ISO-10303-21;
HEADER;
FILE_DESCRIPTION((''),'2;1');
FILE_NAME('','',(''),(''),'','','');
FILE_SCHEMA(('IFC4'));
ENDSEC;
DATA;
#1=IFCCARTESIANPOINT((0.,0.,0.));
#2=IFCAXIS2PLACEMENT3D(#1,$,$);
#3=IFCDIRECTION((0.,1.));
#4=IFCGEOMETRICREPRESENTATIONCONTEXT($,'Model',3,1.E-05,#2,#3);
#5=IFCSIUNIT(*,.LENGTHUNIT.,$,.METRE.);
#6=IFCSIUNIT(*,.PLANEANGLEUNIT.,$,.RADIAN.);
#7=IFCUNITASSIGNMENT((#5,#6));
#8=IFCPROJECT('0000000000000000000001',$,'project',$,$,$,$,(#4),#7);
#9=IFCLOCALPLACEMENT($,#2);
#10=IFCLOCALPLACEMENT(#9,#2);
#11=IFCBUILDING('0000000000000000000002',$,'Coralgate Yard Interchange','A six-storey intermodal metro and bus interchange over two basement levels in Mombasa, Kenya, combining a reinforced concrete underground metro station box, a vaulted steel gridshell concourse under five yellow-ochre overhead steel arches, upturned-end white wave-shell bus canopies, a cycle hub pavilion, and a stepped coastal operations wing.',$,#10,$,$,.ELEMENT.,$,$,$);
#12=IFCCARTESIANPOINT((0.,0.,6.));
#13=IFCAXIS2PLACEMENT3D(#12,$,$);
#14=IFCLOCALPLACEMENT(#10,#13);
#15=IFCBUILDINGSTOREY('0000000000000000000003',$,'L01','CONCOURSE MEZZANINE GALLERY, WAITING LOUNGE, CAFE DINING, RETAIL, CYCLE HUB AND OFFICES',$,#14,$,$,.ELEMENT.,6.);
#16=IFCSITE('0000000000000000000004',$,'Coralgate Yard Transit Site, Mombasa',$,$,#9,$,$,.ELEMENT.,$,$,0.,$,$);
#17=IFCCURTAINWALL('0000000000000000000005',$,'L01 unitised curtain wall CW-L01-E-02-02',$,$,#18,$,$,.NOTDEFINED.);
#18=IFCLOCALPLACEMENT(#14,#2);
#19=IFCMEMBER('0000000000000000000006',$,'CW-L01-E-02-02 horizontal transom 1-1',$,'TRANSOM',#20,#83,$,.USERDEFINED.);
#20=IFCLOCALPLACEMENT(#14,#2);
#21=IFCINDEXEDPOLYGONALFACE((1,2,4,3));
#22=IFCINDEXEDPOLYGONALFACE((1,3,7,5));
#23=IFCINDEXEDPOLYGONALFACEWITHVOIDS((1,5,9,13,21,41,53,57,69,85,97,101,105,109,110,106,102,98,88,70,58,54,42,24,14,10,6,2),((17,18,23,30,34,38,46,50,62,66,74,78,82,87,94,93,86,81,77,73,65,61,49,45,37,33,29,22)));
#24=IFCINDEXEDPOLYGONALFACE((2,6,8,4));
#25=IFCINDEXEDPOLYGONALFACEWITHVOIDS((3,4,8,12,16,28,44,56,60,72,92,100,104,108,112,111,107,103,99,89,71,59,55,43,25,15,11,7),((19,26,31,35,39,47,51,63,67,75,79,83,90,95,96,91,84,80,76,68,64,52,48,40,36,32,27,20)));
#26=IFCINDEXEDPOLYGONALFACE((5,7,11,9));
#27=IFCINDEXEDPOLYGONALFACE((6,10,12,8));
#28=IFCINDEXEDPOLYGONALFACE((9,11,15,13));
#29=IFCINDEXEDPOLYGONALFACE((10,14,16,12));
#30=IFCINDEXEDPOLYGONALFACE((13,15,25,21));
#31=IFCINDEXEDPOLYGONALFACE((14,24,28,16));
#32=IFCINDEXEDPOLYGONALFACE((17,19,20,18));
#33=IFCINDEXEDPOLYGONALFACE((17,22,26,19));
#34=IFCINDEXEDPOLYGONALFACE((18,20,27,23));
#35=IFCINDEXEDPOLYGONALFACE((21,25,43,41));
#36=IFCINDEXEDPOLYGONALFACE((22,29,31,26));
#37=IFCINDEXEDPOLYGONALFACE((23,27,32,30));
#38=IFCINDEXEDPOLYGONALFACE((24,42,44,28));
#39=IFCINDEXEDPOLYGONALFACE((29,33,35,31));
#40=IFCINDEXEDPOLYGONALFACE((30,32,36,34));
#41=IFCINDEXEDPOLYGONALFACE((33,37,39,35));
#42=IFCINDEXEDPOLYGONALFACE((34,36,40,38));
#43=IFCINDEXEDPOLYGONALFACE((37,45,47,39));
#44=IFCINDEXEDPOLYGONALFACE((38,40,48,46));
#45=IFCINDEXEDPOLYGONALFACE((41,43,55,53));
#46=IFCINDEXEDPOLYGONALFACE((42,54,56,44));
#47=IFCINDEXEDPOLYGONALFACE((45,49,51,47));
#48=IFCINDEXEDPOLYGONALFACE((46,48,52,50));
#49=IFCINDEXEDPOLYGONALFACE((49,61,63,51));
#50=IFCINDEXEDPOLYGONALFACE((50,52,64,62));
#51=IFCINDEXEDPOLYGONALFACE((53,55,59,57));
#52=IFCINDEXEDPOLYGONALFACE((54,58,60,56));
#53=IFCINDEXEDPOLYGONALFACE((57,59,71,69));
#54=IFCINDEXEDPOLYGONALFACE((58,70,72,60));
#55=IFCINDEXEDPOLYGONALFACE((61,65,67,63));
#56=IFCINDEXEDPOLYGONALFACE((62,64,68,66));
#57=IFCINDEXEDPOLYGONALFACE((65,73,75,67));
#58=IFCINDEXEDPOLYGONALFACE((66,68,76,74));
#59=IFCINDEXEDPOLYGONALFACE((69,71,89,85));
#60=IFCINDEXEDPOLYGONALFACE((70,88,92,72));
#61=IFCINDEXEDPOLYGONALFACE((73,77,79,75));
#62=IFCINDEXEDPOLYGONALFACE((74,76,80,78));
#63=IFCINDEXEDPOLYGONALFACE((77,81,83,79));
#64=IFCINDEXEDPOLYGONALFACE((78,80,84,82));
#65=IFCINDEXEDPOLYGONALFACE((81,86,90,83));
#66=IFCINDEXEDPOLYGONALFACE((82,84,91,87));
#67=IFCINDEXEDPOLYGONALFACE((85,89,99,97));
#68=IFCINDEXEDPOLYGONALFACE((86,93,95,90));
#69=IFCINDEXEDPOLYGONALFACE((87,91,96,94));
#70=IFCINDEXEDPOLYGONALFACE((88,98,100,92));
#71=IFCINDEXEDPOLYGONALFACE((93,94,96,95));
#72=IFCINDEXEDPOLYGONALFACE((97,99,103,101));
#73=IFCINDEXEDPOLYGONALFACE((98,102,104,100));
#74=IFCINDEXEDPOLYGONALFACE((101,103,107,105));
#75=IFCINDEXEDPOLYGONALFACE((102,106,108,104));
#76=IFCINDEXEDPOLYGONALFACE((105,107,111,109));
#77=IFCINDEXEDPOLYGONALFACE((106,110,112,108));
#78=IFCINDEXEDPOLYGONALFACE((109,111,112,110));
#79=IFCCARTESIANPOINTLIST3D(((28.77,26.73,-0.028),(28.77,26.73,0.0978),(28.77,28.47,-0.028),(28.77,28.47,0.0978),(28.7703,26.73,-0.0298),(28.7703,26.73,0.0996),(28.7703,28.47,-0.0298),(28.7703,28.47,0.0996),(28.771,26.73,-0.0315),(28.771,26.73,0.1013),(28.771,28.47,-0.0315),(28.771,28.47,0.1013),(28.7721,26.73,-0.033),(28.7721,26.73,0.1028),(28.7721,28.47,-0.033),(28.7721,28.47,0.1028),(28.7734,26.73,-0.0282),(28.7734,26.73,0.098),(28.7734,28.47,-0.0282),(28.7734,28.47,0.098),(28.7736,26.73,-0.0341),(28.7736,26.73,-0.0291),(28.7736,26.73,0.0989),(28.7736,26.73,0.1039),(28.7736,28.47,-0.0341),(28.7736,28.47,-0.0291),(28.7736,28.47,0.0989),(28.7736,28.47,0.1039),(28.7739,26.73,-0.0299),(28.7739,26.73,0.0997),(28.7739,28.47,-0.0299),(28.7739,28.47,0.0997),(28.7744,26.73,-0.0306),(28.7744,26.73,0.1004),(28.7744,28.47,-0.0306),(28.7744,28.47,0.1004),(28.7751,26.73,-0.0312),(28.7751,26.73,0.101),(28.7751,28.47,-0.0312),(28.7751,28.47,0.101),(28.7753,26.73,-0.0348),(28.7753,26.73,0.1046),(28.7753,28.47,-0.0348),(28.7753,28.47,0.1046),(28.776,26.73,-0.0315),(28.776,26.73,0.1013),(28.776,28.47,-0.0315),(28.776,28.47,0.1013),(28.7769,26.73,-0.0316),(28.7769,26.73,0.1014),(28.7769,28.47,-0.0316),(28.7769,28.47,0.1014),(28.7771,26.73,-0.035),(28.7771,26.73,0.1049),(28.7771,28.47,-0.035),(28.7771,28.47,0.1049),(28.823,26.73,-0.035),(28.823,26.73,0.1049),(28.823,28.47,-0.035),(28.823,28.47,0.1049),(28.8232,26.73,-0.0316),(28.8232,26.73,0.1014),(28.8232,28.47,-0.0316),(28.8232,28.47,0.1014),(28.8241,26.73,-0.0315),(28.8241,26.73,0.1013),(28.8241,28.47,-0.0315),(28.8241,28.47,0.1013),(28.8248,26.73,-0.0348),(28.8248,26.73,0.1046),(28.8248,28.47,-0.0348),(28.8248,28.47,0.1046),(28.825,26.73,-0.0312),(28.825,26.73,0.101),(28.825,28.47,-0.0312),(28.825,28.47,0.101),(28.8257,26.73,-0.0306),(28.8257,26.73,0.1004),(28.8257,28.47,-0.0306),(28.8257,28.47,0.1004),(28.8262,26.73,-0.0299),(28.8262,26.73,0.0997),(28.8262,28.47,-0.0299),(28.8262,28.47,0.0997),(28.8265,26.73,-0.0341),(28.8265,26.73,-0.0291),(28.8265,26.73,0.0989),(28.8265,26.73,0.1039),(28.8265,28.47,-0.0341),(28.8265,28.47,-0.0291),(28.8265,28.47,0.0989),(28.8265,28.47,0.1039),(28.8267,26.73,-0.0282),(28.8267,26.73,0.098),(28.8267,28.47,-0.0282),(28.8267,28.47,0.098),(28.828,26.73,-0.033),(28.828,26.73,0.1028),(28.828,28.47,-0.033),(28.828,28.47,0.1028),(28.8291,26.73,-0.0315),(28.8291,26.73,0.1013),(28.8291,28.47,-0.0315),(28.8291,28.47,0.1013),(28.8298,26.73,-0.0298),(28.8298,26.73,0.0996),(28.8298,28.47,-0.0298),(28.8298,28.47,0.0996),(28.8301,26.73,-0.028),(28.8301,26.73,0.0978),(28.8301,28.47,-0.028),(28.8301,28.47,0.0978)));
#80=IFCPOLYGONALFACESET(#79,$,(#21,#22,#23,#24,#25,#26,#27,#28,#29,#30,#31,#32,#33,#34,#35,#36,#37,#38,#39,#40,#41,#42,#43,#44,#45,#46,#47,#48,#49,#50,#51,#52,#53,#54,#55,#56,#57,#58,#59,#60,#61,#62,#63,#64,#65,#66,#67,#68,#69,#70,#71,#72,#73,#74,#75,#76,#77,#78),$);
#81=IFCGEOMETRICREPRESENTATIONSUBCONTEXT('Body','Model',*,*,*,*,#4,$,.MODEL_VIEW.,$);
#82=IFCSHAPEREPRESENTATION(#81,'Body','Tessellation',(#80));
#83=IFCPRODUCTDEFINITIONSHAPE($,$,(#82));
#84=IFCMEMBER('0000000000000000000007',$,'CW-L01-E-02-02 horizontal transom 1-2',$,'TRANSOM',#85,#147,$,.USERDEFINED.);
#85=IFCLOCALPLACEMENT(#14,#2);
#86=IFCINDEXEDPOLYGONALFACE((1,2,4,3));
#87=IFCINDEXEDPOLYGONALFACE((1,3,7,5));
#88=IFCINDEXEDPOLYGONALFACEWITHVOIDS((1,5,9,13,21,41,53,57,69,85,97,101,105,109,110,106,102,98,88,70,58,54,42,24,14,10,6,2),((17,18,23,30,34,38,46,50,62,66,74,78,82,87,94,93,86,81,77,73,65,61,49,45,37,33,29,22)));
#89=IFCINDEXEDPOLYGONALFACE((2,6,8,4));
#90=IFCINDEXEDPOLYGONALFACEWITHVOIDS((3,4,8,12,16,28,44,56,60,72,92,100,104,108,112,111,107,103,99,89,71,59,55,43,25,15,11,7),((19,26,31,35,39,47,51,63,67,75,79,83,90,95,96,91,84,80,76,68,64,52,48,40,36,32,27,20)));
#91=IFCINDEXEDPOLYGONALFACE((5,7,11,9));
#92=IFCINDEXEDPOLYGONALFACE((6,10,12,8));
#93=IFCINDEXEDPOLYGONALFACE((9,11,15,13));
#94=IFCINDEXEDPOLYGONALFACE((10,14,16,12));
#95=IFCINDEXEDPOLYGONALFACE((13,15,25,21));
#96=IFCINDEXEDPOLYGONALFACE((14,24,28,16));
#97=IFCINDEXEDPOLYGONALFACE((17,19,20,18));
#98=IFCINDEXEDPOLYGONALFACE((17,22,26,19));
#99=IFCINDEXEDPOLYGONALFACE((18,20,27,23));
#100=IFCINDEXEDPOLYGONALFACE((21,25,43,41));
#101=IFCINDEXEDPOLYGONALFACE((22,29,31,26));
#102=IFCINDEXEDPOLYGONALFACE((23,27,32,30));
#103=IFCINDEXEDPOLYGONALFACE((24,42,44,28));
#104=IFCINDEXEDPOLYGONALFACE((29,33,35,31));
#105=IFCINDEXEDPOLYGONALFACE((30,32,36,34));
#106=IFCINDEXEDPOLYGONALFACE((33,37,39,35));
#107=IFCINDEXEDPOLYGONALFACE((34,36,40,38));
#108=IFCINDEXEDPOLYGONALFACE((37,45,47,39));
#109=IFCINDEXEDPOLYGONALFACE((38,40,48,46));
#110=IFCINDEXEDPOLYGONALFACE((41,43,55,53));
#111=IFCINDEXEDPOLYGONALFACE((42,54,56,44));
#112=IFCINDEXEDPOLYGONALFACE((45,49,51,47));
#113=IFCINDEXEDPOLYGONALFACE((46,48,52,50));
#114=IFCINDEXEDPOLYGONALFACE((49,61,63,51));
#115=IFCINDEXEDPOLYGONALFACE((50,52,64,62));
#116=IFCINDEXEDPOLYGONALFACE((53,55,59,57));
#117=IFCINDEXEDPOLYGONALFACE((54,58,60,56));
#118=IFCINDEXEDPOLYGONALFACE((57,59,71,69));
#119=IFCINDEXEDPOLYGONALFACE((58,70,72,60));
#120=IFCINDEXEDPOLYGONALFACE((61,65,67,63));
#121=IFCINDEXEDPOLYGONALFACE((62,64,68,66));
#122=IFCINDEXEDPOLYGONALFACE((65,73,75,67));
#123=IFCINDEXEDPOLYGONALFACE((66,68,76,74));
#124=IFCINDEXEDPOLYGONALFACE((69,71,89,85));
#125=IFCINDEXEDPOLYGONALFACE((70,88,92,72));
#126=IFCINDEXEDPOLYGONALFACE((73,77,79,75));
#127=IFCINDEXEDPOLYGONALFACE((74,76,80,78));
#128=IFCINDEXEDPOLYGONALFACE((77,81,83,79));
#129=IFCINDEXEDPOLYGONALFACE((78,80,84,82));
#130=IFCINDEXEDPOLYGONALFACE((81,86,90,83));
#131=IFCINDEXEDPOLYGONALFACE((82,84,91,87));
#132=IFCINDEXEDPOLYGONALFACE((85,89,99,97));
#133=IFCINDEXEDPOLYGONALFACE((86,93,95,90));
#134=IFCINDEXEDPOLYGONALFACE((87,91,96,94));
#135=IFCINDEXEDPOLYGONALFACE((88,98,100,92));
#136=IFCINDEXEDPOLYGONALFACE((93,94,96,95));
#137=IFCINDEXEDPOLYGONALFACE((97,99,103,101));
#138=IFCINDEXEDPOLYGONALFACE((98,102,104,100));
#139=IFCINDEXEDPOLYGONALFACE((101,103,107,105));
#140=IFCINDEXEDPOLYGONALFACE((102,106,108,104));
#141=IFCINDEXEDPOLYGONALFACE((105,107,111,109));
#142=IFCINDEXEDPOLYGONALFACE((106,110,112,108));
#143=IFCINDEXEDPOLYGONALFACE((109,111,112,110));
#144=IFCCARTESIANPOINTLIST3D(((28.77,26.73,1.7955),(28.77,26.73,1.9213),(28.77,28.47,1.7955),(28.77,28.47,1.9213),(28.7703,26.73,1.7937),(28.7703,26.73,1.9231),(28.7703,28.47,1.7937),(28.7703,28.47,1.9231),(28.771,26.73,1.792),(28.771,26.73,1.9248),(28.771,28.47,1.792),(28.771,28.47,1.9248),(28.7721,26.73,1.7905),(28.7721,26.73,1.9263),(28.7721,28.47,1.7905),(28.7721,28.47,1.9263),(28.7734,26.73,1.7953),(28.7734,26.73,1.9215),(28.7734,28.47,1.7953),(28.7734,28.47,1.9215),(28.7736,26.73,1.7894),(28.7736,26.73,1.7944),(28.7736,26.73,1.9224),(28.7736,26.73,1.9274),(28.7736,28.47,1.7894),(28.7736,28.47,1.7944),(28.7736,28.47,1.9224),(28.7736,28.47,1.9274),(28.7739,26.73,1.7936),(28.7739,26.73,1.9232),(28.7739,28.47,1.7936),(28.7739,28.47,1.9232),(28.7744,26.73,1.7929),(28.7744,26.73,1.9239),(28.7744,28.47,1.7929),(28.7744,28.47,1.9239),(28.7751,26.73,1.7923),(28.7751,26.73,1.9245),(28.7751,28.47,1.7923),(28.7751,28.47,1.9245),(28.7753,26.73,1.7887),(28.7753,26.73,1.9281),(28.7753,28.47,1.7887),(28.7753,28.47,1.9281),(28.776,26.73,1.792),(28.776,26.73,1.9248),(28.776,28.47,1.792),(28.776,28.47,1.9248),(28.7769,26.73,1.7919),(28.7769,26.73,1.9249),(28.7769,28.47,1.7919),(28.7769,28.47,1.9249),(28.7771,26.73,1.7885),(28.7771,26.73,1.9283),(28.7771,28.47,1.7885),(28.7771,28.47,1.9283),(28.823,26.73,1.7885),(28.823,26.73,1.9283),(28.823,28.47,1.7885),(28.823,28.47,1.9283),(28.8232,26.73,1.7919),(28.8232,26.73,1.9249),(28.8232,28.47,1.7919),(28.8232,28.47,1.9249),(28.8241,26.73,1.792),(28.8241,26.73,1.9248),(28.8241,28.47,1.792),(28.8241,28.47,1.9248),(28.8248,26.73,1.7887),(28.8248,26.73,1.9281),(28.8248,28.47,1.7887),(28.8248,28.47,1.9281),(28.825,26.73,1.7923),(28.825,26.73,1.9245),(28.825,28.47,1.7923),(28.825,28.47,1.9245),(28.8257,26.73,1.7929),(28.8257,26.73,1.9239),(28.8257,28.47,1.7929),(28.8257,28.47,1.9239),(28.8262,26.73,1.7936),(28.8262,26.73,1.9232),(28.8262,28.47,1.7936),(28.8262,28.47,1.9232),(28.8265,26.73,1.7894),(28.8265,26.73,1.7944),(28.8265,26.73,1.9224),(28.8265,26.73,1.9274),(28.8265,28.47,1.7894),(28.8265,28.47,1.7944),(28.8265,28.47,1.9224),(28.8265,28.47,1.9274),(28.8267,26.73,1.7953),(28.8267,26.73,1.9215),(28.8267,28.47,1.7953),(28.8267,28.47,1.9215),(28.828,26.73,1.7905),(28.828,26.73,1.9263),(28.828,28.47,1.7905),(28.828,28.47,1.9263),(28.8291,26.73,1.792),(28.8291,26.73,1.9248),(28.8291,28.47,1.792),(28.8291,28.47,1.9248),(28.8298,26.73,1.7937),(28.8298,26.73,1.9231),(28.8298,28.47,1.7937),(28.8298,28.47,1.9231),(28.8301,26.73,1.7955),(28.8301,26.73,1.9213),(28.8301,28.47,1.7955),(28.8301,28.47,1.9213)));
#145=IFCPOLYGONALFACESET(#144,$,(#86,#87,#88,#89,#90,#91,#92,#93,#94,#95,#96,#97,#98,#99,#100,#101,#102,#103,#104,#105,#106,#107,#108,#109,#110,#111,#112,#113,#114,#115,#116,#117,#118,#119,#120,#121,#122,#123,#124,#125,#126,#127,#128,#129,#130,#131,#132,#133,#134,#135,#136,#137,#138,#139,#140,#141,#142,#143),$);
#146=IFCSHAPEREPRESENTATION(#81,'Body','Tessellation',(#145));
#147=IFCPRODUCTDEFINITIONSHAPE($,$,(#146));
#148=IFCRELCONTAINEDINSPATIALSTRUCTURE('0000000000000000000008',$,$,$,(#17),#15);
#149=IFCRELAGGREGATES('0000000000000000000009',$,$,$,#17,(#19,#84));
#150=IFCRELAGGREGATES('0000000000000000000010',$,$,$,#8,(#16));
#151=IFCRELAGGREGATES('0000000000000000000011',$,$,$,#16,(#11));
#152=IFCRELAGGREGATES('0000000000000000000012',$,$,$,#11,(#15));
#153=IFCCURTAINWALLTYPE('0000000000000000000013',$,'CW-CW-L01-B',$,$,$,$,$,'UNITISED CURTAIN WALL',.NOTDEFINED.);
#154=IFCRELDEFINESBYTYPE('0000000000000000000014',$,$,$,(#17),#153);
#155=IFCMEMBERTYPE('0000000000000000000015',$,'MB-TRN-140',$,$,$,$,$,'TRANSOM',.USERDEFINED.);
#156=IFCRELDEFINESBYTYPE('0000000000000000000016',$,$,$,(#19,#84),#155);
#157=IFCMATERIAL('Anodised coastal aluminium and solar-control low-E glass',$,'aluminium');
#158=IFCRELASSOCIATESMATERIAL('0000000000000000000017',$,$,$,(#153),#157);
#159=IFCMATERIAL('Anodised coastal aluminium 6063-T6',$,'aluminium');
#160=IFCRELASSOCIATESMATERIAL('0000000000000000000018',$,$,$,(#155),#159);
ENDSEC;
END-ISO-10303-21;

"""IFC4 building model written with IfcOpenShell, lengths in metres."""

from ifc_helpers import new_model, si_unit, direction, frame, origin, origin_2d, place, context, subcontext, project, spatial, hollow_rectangle, extrude, material, material_profile, profile_set, type_object, element, aggregate, save


model = new_model("IFC4")

# Units and contexts
model_context = context("Model", 3, precision=1e-05, world=origin(), true_north=direction((0.0, 1.0)))
body_context = subcontext(model_context, "Body", "Model", "MODEL_VIEW")
ifc_project = project(units=[si_unit("LENGTHUNIT", "METRE"), si_unit("PLANEANGLEUNIT", "RADIAN")], contexts=[model_context])

# Site, building, storey
site_placement = place(None, origin())
site = spatial("IfcSite", under=ifc_project, at=site_placement, Name="Coralgate Yard Transit Site, Mombasa", CompositionType="ELEMENT", RefElevation=0.0)
building_placement = place(site_placement, origin())
building = spatial("IfcBuilding", under=site, at=building_placement, Name="Coralgate Yard Interchange", Description="A six-storey intermodal metro and bus interchange over two basement levels in Mombasa, Kenya, combining a reinforced concrete underground metro station box, a vaulted steel gridshell concourse under five yellow-ochre overhead steel arches, upturned-end white wave-shell bus canopies, a cycle hub pavilion, and a stepped coastal operations wing.", CompositionType="ELEMENT")
storey_placement = place(building_placement, frame((0.0, 0.0, 6.0)))
storey = spatial("IfcBuildingStorey", under=building, at=storey_placement, Name="L01", Description="CONCOURSE MEZZANINE GALLERY, WAITING LOUNGE, CAFE DINING, RETAIL, CYCLE HUB AND OFFICES", CompositionType="ELEMENT", Elevation=6.0)

# Curtain wall
ifc_material_1 = material(Name="Anodised coastal aluminium and solar-control low-E glass", Category="aluminium")
curtain_wall_type_1 = type_object("IfcCurtainWallType", Name="CW-CW-L01-B", ElementType="UNITISED CURTAIN WALL", PredefinedType="NOTDEFINED", material=ifc_material_1)
curtain_wall_1_placement = place(storey_placement, origin())
curtain_wall_1 = element("IfcCurtainWall", 1, at=curtain_wall_1_placement, inside=storey, type_object=curtain_wall_type_1, Name="L01 unitised curtain wall CW-L01-E-02-02", PredefinedType="NOTDEFINED")
ifc_material_2 = material(Name="Anodised coastal aluminium 6063-T6", Category="aluminium")

# Members
ifc_material_profile_1 = material_profile(ifc_material_2, hollow_rectangle(XDim=0.0601, YDim=0.1399, WallThickness=0.0034, InnerFilletRadius=0.0034, OuterFilletRadius=0.0071, at=origin_2d()), Name="ALU 60x140x3.5")
ifc_profile_set_1 = profile_set([ifc_material_profile_1], Name="Anodised coastal aluminium 6063-T6")
member_type_1 = type_object("IfcMemberType", Name="MB-TRN-140", ElementType="TRANSOM", PredefinedType="USERDEFINED", material=ifc_profile_set_1)
member_1_placement = place(storey_placement, frame((28.8, 28.47, 0.0349), z_axis=(0.0, -1.0, 0.0), x_axis=(1.0, 0.0, 0.0)))
member_1 = element("IfcMember", 2, at=member_1_placement, type_object=member_type_1, Name="CW-L01-E-02-02 horizontal transom 1-1", ObjectType="TRANSOM", PredefinedType="USERDEFINED", context=body_context, shape_type="SweptSolid", body=[
    extrude(hollow_rectangle(XDim=0.0601, YDim=0.1399, WallThickness=0.0034, InnerFilletRadius=0.0034, OuterFilletRadius=0.0071, at=origin_2d()), origin(), (0.0, 0.0, 1.0), 1.74),
])
member_2_placement = place(storey_placement, frame((28.8, 28.47, 1.8584), z_axis=(0.0, -1.0, 0.0), x_axis=(1.0, 0.0, 0.0)))
member_2 = element("IfcMember", 3, at=member_2_placement, type_object=member_type_1, Name="CW-L01-E-02-02 horizontal transom 1-2", ObjectType="TRANSOM", PredefinedType="USERDEFINED", context=body_context, shape_type="SweptSolid", body=[
    extrude(hollow_rectangle(XDim=0.0601, YDim=0.1399, WallThickness=0.0034, InnerFilletRadius=0.0034, OuterFilletRadius=0.0071, at=origin_2d()), origin(), (0.0, 0.0, 1.0), 1.74),
])

aggregate(curtain_wall_1, [member_1, member_2])

save(model, "model.ifc")
